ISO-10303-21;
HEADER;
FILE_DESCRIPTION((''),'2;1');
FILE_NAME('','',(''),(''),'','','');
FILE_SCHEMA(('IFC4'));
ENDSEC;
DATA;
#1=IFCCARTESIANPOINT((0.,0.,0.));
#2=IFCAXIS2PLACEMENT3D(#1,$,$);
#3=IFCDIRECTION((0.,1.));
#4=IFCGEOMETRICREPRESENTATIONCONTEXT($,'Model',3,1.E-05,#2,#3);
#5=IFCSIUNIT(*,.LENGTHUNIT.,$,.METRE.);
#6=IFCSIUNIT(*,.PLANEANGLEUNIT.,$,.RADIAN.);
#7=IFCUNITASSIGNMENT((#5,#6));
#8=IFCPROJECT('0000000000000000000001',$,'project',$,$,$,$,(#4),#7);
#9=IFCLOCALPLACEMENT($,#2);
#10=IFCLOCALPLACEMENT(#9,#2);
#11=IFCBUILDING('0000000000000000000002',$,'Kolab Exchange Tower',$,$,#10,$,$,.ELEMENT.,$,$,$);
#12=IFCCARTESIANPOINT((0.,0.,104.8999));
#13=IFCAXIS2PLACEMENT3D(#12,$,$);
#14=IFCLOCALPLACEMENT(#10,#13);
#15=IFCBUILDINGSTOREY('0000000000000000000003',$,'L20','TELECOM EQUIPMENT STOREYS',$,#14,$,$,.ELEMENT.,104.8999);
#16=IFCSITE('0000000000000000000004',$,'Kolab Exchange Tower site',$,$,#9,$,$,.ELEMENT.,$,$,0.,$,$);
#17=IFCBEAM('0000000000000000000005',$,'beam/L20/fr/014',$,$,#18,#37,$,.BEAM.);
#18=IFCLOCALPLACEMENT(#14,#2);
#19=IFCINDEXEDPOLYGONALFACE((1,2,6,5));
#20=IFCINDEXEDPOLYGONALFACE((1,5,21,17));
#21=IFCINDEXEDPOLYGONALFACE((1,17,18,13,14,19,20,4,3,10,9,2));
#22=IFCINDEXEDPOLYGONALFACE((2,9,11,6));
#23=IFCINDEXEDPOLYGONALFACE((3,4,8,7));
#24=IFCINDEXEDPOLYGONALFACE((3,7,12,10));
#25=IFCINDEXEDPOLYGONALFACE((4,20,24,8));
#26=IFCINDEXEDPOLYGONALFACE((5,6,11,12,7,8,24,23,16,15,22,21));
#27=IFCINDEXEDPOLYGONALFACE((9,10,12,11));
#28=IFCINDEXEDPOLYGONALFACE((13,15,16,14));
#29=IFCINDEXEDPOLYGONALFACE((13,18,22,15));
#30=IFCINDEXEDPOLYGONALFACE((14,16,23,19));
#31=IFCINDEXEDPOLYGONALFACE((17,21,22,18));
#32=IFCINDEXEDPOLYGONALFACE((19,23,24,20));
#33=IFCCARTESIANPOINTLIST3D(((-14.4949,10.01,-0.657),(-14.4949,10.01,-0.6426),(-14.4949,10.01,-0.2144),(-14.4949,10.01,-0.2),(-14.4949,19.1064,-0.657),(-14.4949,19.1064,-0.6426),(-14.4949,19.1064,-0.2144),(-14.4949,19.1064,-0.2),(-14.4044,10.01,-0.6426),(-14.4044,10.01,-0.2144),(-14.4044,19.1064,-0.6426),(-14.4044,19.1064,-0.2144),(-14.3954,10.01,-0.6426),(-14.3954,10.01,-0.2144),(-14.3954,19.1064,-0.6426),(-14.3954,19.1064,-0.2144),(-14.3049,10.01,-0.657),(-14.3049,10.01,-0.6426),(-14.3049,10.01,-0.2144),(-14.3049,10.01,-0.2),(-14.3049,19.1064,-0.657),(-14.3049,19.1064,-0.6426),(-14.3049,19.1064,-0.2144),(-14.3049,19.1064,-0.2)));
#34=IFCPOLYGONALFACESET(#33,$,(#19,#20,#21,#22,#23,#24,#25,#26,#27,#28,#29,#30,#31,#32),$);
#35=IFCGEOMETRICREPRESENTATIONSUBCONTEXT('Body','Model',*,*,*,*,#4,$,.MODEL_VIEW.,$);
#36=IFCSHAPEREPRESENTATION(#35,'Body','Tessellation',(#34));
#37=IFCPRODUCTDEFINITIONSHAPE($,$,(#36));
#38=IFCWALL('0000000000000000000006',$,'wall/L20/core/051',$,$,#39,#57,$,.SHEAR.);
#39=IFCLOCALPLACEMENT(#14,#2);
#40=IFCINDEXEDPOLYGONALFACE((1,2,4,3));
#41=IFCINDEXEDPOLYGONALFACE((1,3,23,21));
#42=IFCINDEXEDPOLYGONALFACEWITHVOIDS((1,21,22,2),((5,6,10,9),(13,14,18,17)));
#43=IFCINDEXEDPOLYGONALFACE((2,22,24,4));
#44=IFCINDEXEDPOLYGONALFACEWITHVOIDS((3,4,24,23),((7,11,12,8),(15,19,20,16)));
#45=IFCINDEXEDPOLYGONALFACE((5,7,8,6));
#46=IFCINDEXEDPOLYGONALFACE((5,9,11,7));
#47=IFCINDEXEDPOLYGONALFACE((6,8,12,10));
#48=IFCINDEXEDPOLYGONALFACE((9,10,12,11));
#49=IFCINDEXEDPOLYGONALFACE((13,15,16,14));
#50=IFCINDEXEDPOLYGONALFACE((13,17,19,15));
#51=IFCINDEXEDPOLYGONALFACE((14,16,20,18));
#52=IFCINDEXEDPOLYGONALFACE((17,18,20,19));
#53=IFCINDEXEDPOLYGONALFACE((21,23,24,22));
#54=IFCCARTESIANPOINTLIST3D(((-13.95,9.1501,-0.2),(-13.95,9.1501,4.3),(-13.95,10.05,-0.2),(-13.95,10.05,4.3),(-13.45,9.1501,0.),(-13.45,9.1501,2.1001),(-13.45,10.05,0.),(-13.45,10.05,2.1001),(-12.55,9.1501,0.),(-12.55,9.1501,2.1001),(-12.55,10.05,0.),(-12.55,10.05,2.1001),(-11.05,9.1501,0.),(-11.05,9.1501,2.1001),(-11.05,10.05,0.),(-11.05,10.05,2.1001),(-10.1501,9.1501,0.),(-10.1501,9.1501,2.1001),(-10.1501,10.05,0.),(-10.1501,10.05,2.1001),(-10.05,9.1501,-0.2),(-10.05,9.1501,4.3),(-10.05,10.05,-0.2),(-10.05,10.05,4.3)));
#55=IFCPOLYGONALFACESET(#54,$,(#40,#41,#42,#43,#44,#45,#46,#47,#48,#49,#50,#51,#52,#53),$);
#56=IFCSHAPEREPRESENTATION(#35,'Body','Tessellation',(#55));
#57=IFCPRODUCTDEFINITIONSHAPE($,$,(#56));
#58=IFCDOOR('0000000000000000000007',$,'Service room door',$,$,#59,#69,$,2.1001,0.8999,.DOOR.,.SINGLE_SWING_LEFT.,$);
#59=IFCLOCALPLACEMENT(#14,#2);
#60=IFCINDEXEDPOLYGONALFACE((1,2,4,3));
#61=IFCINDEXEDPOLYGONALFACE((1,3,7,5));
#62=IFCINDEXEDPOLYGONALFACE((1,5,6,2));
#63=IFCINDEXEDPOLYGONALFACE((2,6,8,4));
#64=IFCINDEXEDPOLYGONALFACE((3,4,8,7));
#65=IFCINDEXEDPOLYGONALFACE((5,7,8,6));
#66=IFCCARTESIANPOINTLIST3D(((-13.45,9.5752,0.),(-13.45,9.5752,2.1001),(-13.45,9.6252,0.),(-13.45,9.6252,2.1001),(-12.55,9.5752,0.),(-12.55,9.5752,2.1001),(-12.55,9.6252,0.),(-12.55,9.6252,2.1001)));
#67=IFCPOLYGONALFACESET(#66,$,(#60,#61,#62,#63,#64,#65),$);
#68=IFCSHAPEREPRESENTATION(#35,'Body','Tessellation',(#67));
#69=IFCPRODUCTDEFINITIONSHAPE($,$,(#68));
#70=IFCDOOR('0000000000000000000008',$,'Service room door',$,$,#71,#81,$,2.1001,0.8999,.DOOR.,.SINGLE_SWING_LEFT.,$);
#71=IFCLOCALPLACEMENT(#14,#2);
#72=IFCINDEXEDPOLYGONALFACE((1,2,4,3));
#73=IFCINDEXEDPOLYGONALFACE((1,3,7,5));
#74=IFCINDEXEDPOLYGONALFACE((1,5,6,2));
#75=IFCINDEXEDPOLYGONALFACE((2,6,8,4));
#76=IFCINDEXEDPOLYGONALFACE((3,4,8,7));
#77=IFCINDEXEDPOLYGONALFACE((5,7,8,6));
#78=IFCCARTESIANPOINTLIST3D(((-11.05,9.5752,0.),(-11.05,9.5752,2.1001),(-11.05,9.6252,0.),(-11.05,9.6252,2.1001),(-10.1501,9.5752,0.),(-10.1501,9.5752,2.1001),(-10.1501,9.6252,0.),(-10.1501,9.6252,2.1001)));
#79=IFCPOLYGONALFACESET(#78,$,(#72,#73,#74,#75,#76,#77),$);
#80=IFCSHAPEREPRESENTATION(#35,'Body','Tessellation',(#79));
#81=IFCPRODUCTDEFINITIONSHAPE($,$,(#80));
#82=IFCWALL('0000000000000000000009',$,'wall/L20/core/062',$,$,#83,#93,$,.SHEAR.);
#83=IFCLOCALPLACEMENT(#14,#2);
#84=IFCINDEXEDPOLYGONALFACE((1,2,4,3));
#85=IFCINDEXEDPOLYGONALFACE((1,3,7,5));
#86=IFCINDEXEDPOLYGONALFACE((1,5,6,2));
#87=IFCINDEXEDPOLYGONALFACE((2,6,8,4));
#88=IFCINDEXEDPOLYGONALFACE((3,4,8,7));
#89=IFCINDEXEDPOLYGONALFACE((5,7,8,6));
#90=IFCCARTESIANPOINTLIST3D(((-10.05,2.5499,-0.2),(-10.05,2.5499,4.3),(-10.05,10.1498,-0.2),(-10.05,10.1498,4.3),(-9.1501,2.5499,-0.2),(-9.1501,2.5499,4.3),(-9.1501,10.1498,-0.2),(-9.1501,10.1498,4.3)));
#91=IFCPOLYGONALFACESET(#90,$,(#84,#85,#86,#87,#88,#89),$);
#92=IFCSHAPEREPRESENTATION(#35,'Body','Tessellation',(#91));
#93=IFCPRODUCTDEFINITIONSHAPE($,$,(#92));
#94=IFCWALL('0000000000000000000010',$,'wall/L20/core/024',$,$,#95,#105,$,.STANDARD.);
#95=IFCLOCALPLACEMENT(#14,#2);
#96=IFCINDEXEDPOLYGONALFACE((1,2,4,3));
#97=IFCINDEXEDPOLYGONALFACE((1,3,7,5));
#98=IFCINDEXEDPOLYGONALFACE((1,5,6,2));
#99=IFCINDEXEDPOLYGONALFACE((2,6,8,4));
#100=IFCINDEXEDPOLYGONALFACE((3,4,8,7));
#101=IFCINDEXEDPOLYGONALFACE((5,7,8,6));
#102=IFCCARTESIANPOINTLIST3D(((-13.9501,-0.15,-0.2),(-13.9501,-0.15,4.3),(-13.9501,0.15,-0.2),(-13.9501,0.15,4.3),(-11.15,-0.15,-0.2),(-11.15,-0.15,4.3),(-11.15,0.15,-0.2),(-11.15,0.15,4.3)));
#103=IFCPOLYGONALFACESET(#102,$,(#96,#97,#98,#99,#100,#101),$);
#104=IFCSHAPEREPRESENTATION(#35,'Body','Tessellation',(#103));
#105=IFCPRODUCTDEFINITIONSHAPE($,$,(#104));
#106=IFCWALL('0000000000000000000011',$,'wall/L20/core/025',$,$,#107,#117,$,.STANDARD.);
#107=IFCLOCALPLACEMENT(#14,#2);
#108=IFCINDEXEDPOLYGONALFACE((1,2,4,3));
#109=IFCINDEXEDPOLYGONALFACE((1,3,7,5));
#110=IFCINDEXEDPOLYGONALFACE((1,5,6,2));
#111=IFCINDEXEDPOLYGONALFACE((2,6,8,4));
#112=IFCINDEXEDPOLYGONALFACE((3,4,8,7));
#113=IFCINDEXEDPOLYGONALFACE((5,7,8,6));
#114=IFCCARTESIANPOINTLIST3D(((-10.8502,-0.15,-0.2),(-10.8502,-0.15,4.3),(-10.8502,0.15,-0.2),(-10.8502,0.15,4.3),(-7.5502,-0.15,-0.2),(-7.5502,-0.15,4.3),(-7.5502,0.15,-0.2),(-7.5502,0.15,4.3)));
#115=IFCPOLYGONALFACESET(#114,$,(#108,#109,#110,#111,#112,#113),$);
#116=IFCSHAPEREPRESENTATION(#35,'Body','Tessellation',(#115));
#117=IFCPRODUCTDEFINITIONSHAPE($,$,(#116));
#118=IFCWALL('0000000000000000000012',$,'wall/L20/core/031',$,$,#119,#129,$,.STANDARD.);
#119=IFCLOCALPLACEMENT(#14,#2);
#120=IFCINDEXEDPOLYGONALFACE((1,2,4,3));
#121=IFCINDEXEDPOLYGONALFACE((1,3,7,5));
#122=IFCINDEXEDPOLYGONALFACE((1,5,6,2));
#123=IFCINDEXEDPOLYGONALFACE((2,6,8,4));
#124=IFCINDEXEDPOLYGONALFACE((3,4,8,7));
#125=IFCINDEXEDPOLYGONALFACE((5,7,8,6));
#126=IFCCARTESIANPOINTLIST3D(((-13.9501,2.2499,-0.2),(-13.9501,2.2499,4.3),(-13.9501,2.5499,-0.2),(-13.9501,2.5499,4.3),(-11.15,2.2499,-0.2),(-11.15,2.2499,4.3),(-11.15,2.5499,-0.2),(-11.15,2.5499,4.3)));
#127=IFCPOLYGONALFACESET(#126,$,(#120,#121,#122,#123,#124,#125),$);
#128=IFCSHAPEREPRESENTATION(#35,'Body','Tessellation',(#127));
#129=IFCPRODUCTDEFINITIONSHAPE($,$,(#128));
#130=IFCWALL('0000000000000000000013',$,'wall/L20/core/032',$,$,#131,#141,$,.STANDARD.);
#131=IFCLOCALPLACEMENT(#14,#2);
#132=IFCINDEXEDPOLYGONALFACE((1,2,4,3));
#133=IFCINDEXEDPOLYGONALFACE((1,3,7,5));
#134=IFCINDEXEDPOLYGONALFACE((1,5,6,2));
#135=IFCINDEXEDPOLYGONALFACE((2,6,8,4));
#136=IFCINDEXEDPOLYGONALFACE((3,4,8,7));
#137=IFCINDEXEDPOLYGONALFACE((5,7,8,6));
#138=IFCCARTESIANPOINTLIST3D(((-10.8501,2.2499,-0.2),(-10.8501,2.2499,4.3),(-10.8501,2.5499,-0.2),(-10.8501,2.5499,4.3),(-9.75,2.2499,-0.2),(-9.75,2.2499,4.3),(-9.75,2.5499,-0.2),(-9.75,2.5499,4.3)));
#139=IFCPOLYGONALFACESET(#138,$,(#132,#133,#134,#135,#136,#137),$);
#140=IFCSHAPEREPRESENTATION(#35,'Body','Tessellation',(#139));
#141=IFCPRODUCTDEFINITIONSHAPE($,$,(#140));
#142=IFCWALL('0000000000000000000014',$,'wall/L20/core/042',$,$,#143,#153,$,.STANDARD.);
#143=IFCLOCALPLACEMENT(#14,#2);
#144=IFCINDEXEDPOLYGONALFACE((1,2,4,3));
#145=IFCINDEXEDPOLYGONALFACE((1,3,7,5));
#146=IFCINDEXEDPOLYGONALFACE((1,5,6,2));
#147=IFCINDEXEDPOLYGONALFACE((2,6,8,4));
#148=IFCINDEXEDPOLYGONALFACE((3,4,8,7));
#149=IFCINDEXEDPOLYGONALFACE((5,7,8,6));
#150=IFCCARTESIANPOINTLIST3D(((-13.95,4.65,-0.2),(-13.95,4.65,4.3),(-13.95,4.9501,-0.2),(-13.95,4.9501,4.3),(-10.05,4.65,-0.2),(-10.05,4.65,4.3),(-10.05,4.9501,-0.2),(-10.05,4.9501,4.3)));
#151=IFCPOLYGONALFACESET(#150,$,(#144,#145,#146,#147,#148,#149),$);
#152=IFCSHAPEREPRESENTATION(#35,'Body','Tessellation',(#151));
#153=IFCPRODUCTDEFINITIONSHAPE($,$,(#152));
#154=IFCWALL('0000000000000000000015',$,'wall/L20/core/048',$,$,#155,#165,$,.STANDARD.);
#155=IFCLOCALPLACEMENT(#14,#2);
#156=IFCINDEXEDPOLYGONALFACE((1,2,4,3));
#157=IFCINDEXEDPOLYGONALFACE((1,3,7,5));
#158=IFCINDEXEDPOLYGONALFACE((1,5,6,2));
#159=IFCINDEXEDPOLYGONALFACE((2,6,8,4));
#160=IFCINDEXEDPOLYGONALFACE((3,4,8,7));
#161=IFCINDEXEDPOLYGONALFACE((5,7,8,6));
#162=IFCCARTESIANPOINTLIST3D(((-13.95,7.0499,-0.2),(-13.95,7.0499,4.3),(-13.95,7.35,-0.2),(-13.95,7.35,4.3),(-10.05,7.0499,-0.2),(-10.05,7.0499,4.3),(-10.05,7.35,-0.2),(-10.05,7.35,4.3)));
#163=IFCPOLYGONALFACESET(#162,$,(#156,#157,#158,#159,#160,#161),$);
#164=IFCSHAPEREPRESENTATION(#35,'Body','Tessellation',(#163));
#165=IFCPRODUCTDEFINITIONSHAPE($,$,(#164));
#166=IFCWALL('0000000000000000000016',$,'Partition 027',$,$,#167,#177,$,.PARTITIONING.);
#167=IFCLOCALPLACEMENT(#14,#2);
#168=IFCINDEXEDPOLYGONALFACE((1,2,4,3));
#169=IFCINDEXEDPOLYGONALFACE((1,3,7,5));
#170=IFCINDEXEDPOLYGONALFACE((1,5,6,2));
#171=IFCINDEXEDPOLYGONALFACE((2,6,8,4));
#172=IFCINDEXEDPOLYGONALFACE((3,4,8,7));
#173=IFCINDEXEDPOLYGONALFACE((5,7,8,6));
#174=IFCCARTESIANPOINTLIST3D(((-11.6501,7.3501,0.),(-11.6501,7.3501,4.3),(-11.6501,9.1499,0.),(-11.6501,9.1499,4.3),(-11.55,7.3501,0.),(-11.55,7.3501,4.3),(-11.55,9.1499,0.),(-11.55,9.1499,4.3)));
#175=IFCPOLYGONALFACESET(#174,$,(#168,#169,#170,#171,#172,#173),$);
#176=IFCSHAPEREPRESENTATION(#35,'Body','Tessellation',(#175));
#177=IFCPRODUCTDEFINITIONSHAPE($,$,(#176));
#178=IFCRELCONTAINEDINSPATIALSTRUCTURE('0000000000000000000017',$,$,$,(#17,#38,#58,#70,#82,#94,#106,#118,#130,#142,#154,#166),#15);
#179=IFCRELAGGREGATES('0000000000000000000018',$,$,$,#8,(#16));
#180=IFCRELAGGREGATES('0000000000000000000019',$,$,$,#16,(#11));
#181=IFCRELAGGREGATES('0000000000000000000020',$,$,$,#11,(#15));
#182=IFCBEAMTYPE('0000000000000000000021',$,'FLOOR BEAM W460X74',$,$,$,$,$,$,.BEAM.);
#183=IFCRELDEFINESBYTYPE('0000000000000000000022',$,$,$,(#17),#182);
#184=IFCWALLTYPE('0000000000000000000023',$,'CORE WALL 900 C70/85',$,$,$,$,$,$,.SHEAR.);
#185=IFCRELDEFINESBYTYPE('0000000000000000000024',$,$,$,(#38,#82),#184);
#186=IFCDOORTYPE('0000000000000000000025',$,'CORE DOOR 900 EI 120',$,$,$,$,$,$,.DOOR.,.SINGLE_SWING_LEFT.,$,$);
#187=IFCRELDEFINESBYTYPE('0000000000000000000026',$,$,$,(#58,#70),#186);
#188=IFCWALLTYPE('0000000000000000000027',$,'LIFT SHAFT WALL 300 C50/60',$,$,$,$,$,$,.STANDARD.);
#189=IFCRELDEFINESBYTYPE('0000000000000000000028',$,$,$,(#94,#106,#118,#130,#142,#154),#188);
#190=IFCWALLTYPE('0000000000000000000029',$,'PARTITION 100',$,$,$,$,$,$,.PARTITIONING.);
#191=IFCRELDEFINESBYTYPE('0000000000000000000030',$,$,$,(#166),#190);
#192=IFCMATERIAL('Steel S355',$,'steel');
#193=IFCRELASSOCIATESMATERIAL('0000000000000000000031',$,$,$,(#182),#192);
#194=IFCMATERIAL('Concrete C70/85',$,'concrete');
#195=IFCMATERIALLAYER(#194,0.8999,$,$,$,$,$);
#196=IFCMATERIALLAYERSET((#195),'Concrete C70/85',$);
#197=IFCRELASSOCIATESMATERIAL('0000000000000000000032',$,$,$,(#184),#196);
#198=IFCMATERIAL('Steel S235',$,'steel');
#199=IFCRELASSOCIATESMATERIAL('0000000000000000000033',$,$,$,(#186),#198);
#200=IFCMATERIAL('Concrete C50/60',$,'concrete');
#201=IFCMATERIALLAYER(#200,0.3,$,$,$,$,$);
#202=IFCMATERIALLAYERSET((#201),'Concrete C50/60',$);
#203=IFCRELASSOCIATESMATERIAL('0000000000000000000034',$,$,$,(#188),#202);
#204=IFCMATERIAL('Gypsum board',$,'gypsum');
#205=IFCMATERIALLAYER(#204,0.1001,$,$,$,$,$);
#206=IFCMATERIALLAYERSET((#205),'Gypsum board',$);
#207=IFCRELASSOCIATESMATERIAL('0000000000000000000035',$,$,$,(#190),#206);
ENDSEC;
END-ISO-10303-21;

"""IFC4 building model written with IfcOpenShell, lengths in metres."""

from ifc_helpers import new_model, si_unit, direction, frame, frame_2d, origin, origin_2d, place, context, subcontext, project, spatial, rectangle, i_section, extrude, material, layer, layer_set, material_profile, profile_set, type_object, element, fill, save


model = new_model("IFC4")

# Units and contexts
model_context = context("Model", 3, precision=1e-05, world=origin(), true_north=direction((0.0, 1.0)))
body_context = subcontext(model_context, "Body", "Model", "MODEL_VIEW")
ifc_project = project(units=[si_unit("LENGTHUNIT", "METRE"), si_unit("PLANEANGLEUNIT", "RADIAN")], contexts=[model_context])

# Site, building, storey
site_placement = place(None, origin())
site = spatial("IfcSite", under=ifc_project, at=site_placement, Name="Kolab Exchange Tower site", CompositionType="ELEMENT", RefElevation=0.0)
building_placement = place(site_placement, origin())
building = spatial("IfcBuilding", under=site, at=building_placement, Name="Kolab Exchange Tower", CompositionType="ELEMENT")
storey_placement = place(building_placement, frame((0.0, 0.0, 104.8999)))
storey = spatial("IfcBuildingStorey", under=building, at=storey_placement, Name="L20", Description="TELECOM EQUIPMENT STOREYS", CompositionType="ELEMENT", Elevation=104.8999)

# Beam
ifc_material_1 = material(Name="Steel S355", Category="steel")
ifc_material_profile = material_profile(ifc_material_1, i_section(OverallWidth=0.1899, OverallDepth=0.457, WebThickness=0.009, FlangeThickness=0.0144, at=origin_2d()), Name="W460X74")
ifc_profile_set = profile_set([ifc_material_profile], Name="Steel S355")
beam_type = type_object("IfcBeamType", Name="FLOOR BEAM W460X74", PredefinedType="BEAM", material=ifc_profile_set)
beam_placement = place(storey_placement, frame((-14.3999, 10.01, -0.4285), z_axis=(0.0, 1.0, 0.0), x_axis=(-1.0, 0.0, 0.0)))
element("IfcBeam", 1, at=beam_placement, inside=storey, type_object=beam_type, Name="beam/L20/fr/014", PredefinedType="BEAM", context=body_context, shape_type="SweptSolid", body=[
    extrude(i_section(OverallWidth=0.1899, OverallDepth=0.457, WebThickness=0.009, FlangeThickness=0.0144, at=origin_2d()), origin(), (0.0, 0.0, 1.0), 9.0964),
])

# Wall, openings, doors
ifc_material_2 = material(Name="Concrete C70/85", Category="concrete")
ifc_layer_1 = layer(ifc_material_2, 0.8999)
ifc_layer_set_1 = layer_set([ifc_layer_1], Name="Concrete C70/85")
wall_type_1 = type_object("IfcWallType", Name="CORE WALL 900 C70/85", PredefinedType="SHEAR", material=ifc_layer_set_1)
wall_1_placement = place(storey_placement, frame((-13.95, 9.6001, -0.2), z_axis=(0.0, 0.0, 1.0), x_axis=(1.0, 0.0, 0.0)))
wall_1 = element("IfcWall", 2, at=wall_1_placement, inside=storey, type_object=wall_type_1, Name="wall/L20/core/051", PredefinedType="SHEAR", context=body_context, shape_type="SweptSolid", body=[
    extrude(rectangle(XDim=3.8999, YDim=0.8999, at=frame_2d((1.95, 0.0))), origin(), (0.0, 0.0, 1.0), 4.5),
])
opening_1_placement = place(wall_1_placement, frame((0.5, 0.0, 0.2)))
opening_1 = element("IfcOpeningElement", 3, at=opening_1_placement, cuts=wall_1, PredefinedType="OPENING", context=body_context, shape_type="SweptSolid", body=[
    extrude(rectangle(XDim=0.8999, YDim=2.1001, at=frame_2d((0.45, 1.05))), frame((0.0, 0.46, 0.0), z_axis=(0.0, -1.0, 0.0), x_axis=(1.0, 0.0, 0.0)), (0.0, 0.0, 1.0), 0.9199),
])
opening_2_placement = place(wall_1_placement, frame((2.8999, 0.0, 0.2)))
opening_2 = element("IfcOpeningElement", 4, at=opening_2_placement, cuts=wall_1, PredefinedType="OPENING", context=body_context, shape_type="SweptSolid", body=[
    extrude(rectangle(XDim=0.8999, YDim=2.1001, at=frame_2d((0.45, 1.05))), frame((0.0, 0.46, 0.0), z_axis=(0.0, -1.0, 0.0), x_axis=(1.0, 0.0, 0.0)), (0.0, 0.0, 1.0), 0.9199),
])
ifc_material_3 = material(Name="Steel S235", Category="steel")
door_type_1 = type_object("IfcDoorType", Name="CORE DOOR 900 EI 120", OperationType="SINGLE_SWING_LEFT", PredefinedType="DOOR", material=ifc_material_3)
door_1_placement = place(opening_1_placement, frame((0.8999, 0.0, 0.0), z_axis=(0.0, 0.0, 1.0), x_axis=(-1.0, 0.0, 0.0)))
door_1 = element("IfcDoor", 5, at=door_1_placement, inside=storey, type_object=door_type_1, Name="Service room door", OperationType="SINGLE_SWING_LEFT", OverallHeight=2.1001, OverallWidth=0.8999, PredefinedType="DOOR", context=body_context, shape_type="SweptSolid", body=[
    extrude(rectangle(XDim=0.8999, YDim=2.1001, at=frame_2d((0.45, 1.05))), frame((0.0, 0.0249, 0.0), z_axis=(0.0, -1.0, 0.0), x_axis=(1.0, 0.0, 0.0)), (0.0, 0.0, 1.0), 0.05),
])
fill(opening_1, door_1)
door_2_placement = place(opening_2_placement, frame((0.8999, 0.0, 0.0), z_axis=(0.0, 0.0, 1.0), x_axis=(-1.0, 0.0, 0.0)))
door_2 = element("IfcDoor", 6, at=door_2_placement, inside=storey, type_object=door_type_1, Name="Service room door", OperationType="SINGLE_SWING_LEFT", OverallHeight=2.1001, OverallWidth=0.8999, PredefinedType="DOOR", context=body_context, shape_type="SweptSolid", body=[
    extrude(rectangle(XDim=0.8999, YDim=2.1001, at=frame_2d((0.45, 1.05))), frame((0.0, 0.0249, 0.0), z_axis=(0.0, -1.0, 0.0), x_axis=(1.0, 0.0, 0.0)), (0.0, 0.0, 1.0), 0.05),
])
fill(opening_2, door_2)

# Walls
wall_2_placement = place(storey_placement, frame((-9.6001, 2.55, -0.2), z_axis=(0.0, 0.0, 1.0), x_axis=(0.0, 1.0, 0.0)))
element("IfcWall", 7, at=wall_2_placement, inside=storey, type_object=wall_type_1, Name="wall/L20/core/062", PredefinedType="SHEAR", context=body_context, shape_type="SweptSolid", body=[
    extrude(rectangle(XDim=7.5999, YDim=0.8999, at=frame_2d((3.7998, 0.0))), origin(), (0.0, 0.0, 1.0), 4.5),
])
ifc_material_4 = material(Name="Concrete C50/60", Category="concrete")
ifc_layer_2 = layer(ifc_material_4, 0.3)
ifc_layer_set_2 = layer_set([ifc_layer_2], Name="Concrete C50/60")
wall_type_2 = type_object("IfcWallType", Name="LIFT SHAFT WALL 300 C50/60", PredefinedType="STANDARD", material=ifc_layer_set_2)
wall_3_placement = place(storey_placement, frame((-13.95, 0.0, -0.2), z_axis=(0.0, 0.0, 1.0), x_axis=(1.0, 0.0, 0.0)))
element("IfcWall", 8, at=wall_3_placement, inside=storey, type_object=wall_type_2, Name="wall/L20/core/024", PredefinedType="STANDARD", context=body_context, shape_type="SweptSolid", body=[
    extrude(rectangle(XDim=2.8, YDim=0.3, at=frame_2d((1.3999, 0.0))), origin(), (0.0, 0.0, 1.0), 4.5),
])
wall_4_placement = place(storey_placement, frame((-10.8501, 0.0, -0.2), z_axis=(0.0, 0.0, 1.0), x_axis=(1.0, 0.0, 0.0)))
element("IfcWall", 9, at=wall_4_placement, inside=storey, type_object=wall_type_2, Name="wall/L20/core/025", PredefinedType="STANDARD", context=body_context, shape_type="SweptSolid", body=[
    extrude(rectangle(XDim=3.3, YDim=0.3, at=frame_2d((1.6499, 0.0))), origin(), (0.0, 0.0, 1.0), 4.5),
])
wall_5_placement = place(storey_placement, frame((-13.95, 2.3999, -0.2), z_axis=(0.0, 0.0, 1.0), x_axis=(1.0, 0.0, 0.0)))
element("IfcWall", 10, at=wall_5_placement, inside=storey, type_object=wall_type_2, Name="wall/L20/core/031", PredefinedType="STANDARD", context=body_context, shape_type="SweptSolid", body=[
    extrude(rectangle(XDim=2.8, YDim=0.3, at=frame_2d((1.3999, 0.0))), origin(), (0.0, 0.0, 1.0), 4.5),
])
wall_6_placement = place(storey_placement, frame((-10.8501, 2.3999, -0.2), z_axis=(0.0, 0.0, 1.0), x_axis=(1.0, 0.0, 0.0)))
element("IfcWall", 11, at=wall_6_placement, inside=storey, type_object=wall_type_2, Name="wall/L20/core/032", PredefinedType="STANDARD", context=body_context, shape_type="SweptSolid", body=[
    extrude(rectangle(XDim=1.1001, YDim=0.3, at=frame_2d((0.55, 0.0))), origin(), (0.0, 0.0, 1.0), 4.5),
])
for number, where, z_axis, x_axis, name in (
    (12, (-13.95, 4.8, -0.2), (0.0, 0.0, 1.0), (1.0, 0.0, 0.0), "wall/L20/core/042"),
    (13, (-13.95, 7.2, -0.2), (0.0, 0.0, 1.0), (1.0, 0.0, 0.0), "wall/L20/core/048"),
):
    element("IfcWall", number, at=place(storey_placement, frame(where, z_axis=z_axis, x_axis=x_axis)), inside=storey, type_object=wall_type_2, Name=name, PredefinedType="STANDARD", context=body_context, shape_type="SweptSolid", body=[
        extrude(rectangle(XDim=3.8999, YDim=0.3, at=frame_2d((1.95, 0.0))), origin(), (0.0, 0.0, 1.0), 4.5),
    ])
ifc_material_5 = material(Name="Gypsum board", Category="gypsum")
ifc_layer_3 = layer(ifc_material_5, 0.1001)
ifc_layer_set_3 = layer_set([ifc_layer_3], Name="Gypsum board")
wall_type_3 = type_object("IfcWallType", Name="PARTITION 100", PredefinedType="PARTITIONING", material=ifc_layer_set_3)
wall_7_placement = place(storey_placement, frame((-11.6001, 7.3501, 0.0), z_axis=(0.0, 0.0, 1.0), x_axis=(0.0, 1.0, 0.0)))
element("IfcWall", 14, at=wall_7_placement, inside=storey, type_object=wall_type_3, Name="Partition 027", PredefinedType="PARTITIONING", context=body_context, shape_type="SweptSolid", body=[
    extrude(rectangle(XDim=1.7998, YDim=0.1001, at=frame_2d((0.8999, 0.0))), origin(), (0.0, 0.0, 1.0), 4.3),
])

save(model, "model.ifc")
